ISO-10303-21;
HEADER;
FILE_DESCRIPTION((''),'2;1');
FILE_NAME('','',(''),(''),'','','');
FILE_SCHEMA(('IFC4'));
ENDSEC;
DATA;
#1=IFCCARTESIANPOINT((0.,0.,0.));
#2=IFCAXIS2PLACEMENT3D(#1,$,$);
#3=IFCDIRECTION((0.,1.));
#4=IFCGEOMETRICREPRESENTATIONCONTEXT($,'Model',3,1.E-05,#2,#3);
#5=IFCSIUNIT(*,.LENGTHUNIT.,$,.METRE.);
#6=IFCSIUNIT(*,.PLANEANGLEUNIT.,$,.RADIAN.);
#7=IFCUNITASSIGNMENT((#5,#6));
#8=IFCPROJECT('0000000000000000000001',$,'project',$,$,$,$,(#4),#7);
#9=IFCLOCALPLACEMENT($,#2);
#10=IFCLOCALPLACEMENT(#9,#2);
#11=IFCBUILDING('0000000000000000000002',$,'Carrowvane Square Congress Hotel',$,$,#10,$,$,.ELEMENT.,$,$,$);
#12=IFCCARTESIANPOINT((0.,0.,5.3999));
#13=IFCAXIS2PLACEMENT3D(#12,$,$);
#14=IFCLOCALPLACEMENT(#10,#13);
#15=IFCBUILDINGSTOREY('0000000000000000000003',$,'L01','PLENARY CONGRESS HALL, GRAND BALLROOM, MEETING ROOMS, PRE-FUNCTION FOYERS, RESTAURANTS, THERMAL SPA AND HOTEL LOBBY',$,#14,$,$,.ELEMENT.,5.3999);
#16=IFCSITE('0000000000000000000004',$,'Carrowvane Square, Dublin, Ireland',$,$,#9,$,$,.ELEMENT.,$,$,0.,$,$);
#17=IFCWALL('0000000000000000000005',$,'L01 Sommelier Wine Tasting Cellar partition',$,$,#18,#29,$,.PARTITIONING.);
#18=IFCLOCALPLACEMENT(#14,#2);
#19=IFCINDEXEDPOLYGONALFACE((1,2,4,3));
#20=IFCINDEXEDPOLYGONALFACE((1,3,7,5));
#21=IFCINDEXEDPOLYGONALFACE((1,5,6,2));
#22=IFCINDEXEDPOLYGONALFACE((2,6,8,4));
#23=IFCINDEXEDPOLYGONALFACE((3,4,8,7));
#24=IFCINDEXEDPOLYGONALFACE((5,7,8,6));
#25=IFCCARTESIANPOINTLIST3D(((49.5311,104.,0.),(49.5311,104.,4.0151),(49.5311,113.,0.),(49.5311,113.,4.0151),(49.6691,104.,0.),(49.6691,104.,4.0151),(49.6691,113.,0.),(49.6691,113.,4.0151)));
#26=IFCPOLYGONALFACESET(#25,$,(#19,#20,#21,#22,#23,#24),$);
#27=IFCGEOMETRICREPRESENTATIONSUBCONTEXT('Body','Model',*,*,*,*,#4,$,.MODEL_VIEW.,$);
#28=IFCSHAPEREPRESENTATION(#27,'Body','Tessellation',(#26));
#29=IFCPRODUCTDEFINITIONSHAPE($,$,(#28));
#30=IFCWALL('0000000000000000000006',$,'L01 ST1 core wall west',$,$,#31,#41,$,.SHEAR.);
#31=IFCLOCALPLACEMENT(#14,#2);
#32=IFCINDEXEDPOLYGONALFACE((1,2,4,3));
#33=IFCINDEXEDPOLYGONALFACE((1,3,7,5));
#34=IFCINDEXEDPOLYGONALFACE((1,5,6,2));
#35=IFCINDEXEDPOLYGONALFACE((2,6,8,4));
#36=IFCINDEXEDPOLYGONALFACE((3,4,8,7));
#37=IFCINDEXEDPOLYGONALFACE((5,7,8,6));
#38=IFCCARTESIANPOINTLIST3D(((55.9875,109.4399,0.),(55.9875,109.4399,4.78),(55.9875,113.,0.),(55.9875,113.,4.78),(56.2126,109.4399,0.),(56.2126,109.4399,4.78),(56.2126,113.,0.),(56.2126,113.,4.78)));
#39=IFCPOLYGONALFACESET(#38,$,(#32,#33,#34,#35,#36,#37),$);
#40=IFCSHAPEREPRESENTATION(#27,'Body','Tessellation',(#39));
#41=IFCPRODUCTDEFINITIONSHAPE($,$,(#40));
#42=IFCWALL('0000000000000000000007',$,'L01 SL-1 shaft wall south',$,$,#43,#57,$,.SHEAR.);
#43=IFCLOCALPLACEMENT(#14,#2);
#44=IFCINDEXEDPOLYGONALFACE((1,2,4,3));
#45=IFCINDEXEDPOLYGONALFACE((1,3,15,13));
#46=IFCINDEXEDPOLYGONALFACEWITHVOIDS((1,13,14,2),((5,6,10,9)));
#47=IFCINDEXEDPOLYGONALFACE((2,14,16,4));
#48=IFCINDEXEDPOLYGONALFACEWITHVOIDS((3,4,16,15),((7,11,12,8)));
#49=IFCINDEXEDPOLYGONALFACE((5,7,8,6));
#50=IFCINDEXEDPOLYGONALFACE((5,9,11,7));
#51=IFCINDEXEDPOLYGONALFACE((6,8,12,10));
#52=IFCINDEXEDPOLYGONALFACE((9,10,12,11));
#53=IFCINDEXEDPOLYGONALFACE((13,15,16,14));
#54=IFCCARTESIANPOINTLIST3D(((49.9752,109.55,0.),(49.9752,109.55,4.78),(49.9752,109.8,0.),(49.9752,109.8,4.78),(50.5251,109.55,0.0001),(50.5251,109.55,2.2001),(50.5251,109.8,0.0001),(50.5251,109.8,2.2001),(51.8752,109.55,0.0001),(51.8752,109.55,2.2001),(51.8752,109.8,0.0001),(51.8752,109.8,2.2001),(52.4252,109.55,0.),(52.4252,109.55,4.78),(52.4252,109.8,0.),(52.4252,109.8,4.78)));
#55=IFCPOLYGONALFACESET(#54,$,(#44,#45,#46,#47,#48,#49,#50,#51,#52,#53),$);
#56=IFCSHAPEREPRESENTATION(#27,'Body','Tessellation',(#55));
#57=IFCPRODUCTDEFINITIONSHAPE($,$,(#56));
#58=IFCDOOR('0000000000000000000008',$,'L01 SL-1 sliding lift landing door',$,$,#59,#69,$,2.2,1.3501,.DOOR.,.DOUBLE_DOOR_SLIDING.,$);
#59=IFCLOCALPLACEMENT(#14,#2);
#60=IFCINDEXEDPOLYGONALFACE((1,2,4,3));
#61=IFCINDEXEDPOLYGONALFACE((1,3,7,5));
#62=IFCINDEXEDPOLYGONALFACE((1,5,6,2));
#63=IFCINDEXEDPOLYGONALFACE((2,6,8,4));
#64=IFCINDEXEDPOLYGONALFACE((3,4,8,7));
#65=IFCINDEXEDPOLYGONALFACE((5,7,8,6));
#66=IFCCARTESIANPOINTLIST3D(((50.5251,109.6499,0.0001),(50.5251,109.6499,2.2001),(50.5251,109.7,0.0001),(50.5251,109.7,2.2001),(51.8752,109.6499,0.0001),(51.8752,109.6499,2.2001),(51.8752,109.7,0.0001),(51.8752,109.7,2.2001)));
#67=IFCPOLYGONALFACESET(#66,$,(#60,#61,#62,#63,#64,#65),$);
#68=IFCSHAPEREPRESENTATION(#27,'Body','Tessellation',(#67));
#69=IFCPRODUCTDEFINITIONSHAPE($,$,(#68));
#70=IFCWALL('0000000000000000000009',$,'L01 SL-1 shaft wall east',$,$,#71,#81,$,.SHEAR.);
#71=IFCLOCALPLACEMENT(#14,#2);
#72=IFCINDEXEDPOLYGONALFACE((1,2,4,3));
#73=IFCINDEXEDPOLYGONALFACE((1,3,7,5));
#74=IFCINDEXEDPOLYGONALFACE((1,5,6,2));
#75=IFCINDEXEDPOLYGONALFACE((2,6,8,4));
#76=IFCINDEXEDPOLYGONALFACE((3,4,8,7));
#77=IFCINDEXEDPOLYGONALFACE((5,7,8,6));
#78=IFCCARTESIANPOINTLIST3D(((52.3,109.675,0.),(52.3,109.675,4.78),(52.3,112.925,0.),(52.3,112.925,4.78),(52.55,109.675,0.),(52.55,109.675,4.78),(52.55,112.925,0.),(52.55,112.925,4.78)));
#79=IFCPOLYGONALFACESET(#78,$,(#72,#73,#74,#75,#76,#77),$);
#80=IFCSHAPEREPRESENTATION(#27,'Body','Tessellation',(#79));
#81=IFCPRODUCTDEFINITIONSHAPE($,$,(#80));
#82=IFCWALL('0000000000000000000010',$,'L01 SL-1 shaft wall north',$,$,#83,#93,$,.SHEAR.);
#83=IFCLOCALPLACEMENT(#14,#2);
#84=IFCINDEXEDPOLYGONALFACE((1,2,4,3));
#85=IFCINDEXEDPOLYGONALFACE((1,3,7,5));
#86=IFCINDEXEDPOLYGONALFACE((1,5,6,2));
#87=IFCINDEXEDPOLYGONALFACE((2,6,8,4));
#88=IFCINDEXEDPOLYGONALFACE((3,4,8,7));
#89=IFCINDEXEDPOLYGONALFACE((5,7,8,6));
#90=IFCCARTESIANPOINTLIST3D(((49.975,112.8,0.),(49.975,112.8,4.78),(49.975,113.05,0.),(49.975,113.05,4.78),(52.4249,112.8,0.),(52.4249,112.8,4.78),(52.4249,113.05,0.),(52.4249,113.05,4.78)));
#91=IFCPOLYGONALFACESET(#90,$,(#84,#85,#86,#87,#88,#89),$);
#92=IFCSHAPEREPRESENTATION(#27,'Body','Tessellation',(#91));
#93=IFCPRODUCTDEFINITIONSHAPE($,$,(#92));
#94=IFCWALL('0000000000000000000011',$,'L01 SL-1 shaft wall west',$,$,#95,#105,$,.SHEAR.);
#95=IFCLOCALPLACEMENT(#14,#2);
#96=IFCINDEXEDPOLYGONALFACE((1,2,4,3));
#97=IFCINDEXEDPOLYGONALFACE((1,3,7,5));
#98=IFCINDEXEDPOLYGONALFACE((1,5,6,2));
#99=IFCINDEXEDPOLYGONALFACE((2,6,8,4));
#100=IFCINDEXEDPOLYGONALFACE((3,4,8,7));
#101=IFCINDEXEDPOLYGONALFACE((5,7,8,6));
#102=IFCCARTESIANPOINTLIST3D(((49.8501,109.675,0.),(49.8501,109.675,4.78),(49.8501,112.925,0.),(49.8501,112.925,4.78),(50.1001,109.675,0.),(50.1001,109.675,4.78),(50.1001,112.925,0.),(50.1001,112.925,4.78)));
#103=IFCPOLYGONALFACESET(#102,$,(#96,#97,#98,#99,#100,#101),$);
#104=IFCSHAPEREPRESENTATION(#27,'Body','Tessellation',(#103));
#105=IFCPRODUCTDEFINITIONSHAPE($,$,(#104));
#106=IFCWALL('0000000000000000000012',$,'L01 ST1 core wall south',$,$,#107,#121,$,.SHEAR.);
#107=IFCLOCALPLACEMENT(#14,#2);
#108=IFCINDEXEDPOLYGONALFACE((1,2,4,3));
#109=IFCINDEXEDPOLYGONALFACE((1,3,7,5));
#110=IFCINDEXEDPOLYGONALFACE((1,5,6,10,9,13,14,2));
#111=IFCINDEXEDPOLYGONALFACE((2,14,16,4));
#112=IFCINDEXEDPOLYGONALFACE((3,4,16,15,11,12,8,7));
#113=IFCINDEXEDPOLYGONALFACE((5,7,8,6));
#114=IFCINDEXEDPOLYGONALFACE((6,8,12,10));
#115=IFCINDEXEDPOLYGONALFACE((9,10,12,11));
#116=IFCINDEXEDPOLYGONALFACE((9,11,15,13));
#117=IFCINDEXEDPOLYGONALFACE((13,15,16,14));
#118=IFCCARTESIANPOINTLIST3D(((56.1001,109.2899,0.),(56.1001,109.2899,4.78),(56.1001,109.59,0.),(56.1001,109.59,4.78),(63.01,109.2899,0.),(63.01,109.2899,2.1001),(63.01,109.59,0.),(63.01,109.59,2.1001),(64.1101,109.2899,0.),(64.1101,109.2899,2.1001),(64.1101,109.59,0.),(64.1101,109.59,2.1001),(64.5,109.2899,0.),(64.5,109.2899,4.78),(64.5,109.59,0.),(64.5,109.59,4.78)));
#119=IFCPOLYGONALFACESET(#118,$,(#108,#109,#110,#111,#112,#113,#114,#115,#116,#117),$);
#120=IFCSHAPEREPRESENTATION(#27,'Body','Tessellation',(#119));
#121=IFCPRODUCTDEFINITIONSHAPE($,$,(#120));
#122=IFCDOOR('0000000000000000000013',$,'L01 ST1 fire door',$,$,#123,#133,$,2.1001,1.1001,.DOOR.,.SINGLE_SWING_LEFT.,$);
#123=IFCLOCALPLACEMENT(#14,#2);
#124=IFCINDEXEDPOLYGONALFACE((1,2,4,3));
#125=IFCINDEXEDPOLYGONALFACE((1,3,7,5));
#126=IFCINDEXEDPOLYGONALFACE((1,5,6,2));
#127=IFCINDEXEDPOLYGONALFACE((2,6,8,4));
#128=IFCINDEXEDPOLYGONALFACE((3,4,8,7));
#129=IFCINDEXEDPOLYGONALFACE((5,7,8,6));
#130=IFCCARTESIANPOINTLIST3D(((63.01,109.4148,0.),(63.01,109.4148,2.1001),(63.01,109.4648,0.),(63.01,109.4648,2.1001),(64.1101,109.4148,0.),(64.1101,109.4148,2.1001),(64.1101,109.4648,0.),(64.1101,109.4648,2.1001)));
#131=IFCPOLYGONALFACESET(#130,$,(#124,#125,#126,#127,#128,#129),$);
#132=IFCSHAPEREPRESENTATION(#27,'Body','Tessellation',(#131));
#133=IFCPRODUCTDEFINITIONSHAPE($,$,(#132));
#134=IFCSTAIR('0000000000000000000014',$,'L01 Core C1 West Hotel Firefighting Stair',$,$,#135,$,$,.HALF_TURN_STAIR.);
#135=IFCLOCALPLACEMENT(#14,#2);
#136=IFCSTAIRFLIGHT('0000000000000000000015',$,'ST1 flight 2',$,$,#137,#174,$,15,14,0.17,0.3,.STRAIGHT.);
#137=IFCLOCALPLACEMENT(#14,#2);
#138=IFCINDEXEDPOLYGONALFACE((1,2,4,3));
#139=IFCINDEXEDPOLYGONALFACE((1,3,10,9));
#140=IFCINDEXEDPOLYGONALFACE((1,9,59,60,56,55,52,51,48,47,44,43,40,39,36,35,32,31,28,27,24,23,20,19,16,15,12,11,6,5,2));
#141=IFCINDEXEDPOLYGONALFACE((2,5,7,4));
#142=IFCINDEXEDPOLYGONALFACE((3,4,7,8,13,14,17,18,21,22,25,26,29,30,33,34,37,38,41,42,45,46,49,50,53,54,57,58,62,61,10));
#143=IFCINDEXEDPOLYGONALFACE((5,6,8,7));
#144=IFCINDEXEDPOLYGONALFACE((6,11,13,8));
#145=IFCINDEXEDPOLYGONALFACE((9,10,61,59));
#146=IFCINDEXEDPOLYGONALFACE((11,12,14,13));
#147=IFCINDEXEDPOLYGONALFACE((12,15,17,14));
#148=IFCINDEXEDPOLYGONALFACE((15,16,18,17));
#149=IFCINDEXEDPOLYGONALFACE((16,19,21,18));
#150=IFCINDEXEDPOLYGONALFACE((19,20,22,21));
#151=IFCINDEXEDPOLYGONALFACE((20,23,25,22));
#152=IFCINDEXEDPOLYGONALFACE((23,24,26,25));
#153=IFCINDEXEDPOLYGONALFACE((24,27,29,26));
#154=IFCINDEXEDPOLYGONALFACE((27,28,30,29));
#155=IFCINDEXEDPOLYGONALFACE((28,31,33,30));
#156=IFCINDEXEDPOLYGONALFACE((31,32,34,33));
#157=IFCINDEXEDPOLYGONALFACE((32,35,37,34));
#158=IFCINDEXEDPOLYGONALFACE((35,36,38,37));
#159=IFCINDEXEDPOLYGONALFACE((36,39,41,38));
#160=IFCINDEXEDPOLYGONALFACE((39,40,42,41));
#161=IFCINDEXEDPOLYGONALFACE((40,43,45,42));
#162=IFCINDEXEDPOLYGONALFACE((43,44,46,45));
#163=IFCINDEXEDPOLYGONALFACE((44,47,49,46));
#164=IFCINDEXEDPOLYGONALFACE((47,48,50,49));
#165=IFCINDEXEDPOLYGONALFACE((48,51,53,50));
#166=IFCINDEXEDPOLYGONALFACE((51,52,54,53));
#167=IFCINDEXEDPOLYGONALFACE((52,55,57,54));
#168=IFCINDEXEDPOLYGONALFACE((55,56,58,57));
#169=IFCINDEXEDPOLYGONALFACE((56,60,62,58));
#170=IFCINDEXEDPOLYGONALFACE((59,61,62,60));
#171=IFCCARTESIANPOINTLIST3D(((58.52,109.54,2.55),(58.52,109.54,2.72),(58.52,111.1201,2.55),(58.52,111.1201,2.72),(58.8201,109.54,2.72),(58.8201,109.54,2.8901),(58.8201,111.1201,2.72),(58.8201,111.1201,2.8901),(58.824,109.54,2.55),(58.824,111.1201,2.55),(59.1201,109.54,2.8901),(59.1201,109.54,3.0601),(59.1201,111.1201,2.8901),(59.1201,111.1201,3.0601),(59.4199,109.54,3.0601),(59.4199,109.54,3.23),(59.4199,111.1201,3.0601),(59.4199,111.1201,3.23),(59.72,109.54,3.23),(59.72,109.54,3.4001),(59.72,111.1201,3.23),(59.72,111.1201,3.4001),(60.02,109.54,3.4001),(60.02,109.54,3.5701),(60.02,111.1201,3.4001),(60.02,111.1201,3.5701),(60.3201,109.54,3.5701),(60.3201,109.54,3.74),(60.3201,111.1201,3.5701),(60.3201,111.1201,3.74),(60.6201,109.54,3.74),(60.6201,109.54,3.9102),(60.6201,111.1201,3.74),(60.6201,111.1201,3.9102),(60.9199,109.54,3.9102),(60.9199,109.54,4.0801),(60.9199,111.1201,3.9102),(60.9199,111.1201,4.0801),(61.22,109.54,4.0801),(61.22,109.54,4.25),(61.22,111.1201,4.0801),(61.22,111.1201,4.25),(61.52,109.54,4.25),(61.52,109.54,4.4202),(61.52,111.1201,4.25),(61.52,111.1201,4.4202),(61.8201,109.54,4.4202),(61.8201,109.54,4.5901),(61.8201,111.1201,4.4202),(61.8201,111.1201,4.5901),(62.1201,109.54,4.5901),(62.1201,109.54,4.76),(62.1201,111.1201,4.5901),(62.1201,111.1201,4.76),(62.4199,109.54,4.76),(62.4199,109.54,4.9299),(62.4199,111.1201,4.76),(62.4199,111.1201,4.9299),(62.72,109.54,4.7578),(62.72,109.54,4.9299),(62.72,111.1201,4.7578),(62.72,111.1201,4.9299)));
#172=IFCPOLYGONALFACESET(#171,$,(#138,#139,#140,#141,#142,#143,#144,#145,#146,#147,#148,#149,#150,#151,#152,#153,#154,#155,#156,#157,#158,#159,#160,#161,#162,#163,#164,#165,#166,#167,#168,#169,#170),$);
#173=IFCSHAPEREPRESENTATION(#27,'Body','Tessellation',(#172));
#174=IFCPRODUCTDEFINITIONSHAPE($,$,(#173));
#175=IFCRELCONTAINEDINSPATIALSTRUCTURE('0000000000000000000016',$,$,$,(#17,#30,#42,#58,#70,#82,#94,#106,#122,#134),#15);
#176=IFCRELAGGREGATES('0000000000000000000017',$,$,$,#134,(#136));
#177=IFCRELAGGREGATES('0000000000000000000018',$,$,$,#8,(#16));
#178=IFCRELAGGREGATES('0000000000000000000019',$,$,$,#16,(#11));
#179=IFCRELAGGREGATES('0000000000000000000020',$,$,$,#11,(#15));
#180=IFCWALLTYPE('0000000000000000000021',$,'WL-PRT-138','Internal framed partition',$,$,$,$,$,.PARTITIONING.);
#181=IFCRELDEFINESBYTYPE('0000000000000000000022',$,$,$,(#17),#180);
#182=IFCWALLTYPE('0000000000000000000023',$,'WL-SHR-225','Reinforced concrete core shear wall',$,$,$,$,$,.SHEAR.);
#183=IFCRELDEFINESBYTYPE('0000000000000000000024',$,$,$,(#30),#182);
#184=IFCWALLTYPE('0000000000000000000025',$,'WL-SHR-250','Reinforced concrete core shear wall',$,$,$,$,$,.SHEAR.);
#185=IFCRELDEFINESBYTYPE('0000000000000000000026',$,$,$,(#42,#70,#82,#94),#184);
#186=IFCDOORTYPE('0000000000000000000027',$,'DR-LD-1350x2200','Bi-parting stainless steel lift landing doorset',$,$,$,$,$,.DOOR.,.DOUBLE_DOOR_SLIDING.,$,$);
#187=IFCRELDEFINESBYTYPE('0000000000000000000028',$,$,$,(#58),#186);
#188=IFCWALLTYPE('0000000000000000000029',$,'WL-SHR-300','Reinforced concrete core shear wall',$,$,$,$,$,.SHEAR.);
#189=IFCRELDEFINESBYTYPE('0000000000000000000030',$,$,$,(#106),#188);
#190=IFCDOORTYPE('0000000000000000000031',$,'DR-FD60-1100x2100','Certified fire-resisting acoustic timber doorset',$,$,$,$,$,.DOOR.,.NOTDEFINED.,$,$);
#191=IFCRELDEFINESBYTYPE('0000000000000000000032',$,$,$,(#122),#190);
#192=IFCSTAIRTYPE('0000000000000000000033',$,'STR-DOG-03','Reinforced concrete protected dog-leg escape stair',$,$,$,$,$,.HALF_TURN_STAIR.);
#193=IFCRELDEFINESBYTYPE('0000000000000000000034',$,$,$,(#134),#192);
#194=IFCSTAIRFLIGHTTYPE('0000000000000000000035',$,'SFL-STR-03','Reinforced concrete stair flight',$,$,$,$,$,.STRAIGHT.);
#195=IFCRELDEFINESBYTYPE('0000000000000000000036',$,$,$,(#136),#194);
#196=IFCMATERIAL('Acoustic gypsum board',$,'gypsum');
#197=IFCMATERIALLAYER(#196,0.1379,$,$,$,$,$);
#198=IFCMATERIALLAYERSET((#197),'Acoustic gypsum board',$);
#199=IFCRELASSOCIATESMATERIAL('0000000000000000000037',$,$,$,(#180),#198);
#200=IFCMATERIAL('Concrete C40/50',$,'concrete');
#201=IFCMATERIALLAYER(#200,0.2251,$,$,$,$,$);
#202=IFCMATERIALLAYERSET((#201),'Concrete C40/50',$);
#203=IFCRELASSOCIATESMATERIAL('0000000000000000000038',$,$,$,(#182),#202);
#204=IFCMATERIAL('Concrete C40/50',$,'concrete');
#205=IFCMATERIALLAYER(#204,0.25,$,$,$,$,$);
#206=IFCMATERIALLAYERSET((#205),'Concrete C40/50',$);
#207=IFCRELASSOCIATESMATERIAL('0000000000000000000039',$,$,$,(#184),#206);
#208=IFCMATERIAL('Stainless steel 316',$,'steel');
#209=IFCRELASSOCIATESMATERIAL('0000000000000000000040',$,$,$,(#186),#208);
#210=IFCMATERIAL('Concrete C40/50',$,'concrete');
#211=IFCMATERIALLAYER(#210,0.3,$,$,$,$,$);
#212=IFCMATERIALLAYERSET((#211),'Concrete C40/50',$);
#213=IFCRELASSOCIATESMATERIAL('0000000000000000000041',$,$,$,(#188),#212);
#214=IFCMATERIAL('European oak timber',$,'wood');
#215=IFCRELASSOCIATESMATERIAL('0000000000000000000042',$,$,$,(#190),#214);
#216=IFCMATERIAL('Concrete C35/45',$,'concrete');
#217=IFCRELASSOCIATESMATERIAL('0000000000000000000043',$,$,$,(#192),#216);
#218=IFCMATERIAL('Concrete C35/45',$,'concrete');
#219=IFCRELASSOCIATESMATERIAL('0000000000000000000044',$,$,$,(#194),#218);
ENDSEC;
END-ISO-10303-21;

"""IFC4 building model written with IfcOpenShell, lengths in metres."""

from ifc_helpers import new_model, si_unit, direction, frame, frame_2d, origin, place, context, subcontext, project, spatial, polyline, rectangle, outline, extrude, material, layer, layer_set, type_object, element, fill, aggregate, save


model = new_model("IFC4")

# Units and contexts
model_context = context("Model", 3, precision=1e-05, world=origin(), true_north=direction((0.0, 1.0)))
body_context = subcontext(model_context, "Body", "Model", "MODEL_VIEW")
ifc_project = project(units=[si_unit("LENGTHUNIT", "METRE"), si_unit("PLANEANGLEUNIT", "RADIAN")], contexts=[model_context])

# Site, building, storey
site_placement = place(None, origin())
site = spatial("IfcSite", under=ifc_project, at=site_placement, Name="Carrowvane Square, Dublin, Ireland", CompositionType="ELEMENT", RefElevation=0.0)
building_placement = place(site_placement, origin())
building = spatial("IfcBuilding", under=site, at=building_placement, Name="Carrowvane Square Congress Hotel", CompositionType="ELEMENT")
storey_placement = place(building_placement, frame((0.0, 0.0, 5.3999)))
storey = spatial("IfcBuildingStorey", under=building, at=storey_placement, Name="L01", Description="PLENARY CONGRESS HALL, GRAND BALLROOM, MEETING ROOMS, PRE-FUNCTION FOYERS, RESTAURANTS, THERMAL SPA AND HOTEL LOBBY", CompositionType="ELEMENT", Elevation=5.3999)

# Walls
ifc_material_1 = material(Name="Acoustic gypsum board", Category="gypsum")
ifc_layer_1 = layer(ifc_material_1, 0.1379)
ifc_layer_set_1 = layer_set([ifc_layer_1], Name="Acoustic gypsum board")
wall_type_1 = type_object("IfcWallType", Name="WL-PRT-138", Description="Internal framed partition", PredefinedType="PARTITIONING", material=ifc_layer_set_1)
wall_1_placement = place(storey_placement, frame((49.6001, 113.0, 0.0), z_axis=(0.0, 0.0, 1.0), x_axis=(0.0, -1.0, 0.0)))
element("IfcWall", 1, at=wall_1_placement, inside=storey, type_object=wall_type_1, Name="L01 Sommelier Wine Tasting Cellar partition", PredefinedType="PARTITIONING", context=body_context, shape_type="SweptSolid", body=[
    extrude(rectangle(XDim=9.0, YDim=0.1379, at=frame_2d((4.5, 0.0))), origin(), (0.0, 0.0, 1.0), 4.0151),
])
ifc_material_2 = material(Name="Concrete C40/50", Category="concrete")
ifc_layer_2 = layer(ifc_material_2, 0.2251)
ifc_layer_set_2 = layer_set([ifc_layer_2], Name="Concrete C40/50")
wall_type_2 = type_object("IfcWallType", Name="WL-SHR-225", Description="Reinforced concrete core shear wall", PredefinedType="SHEAR", material=ifc_layer_set_2)
wall_2_placement = place(storey_placement, frame((56.1001, 113.0, 0.0), z_axis=(0.0, 0.0, 1.0), x_axis=(0.0, -1.0, 0.0)))
element("IfcWall", 2, at=wall_2_placement, inside=storey, type_object=wall_type_2, Name="L01 ST1 core wall west", PredefinedType="SHEAR", context=body_context, shape_type="SweptSolid", body=[
    extrude(rectangle(XDim=3.5601, YDim=0.2251, at=frame_2d((1.78, 0.0))), origin(), (0.0, 0.0, 1.0), 4.78),
])

# Wall, opening, door
ifc_material_3 = material(Name="Concrete C40/50", Category="concrete")
ifc_layer_3 = layer(ifc_material_3, 0.25)
ifc_layer_set_3 = layer_set([ifc_layer_3], Name="Concrete C40/50")
wall_type_3 = type_object("IfcWallType", Name="WL-SHR-250", Description="Reinforced concrete core shear wall", PredefinedType="SHEAR", material=ifc_layer_set_3)
wall_3_placement = place(storey_placement, frame((49.9751, 109.675, 0.0), z_axis=(0.0, 0.0, 1.0), x_axis=(1.0, 0.0, 0.0)))
wall_3 = element("IfcWall", 3, at=wall_3_placement, inside=storey, type_object=wall_type_3, Name="L01 SL-1 shaft wall south", PredefinedType="SHEAR", context=body_context, shape_type="SweptSolid", body=[
    extrude(rectangle(XDim=2.45, YDim=0.25, at=frame_2d((1.2251, 0.0))), origin(), (0.0, 0.0, 1.0), 4.78),
])
opening_1_placement = place(wall_3_placement, frame((0.55, 0.0, 0.0)))
opening_1 = element("IfcOpeningElement", 4, at=opening_1_placement, cuts=wall_3, PredefinedType="OPENING", context=body_context, shape_type="SweptSolid", body=[
    extrude(rectangle(XDim=1.3501, YDim=2.2, at=frame_2d((0.675, 1.1001))), frame((0.0, 0.135, 0.0), z_axis=(0.0, -1.0, 0.0), x_axis=(1.0, 0.0, 0.0)), (0.0, 0.0, 1.0), 0.27),
])
ifc_material_4 = material(Name="Stainless steel 316", Category="steel")
door_type_1 = type_object("IfcDoorType", Name="DR-LD-1350x2200", Description="Bi-parting stainless steel lift landing doorset", OperationType="DOUBLE_DOOR_SLIDING", PredefinedType="DOOR", material=ifc_material_4)
door_1_placement = place(opening_1_placement, origin())
door_1 = element("IfcDoor", 5, at=door_1_placement, inside=storey, type_object=door_type_1, Name="L01 SL-1 sliding lift landing door", OperationType="DOUBLE_DOOR_SLIDING", OverallHeight=2.2, OverallWidth=1.3501, PredefinedType="DOOR", context=body_context, shape_type="SweptSolid", body=[
    extrude(rectangle(XDim=1.3501, YDim=2.2, at=frame_2d((0.675, 1.1001))), frame((0.0, 0.0249, 0.0), z_axis=(0.0, -1.0, 0.0), x_axis=(1.0, 0.0, 0.0)), (0.0, 0.0, 1.0), 0.05),
])
fill(opening_1, door_1)

# Walls
wall_4_placement = place(storey_placement, frame((52.425, 109.675, 0.0), z_axis=(0.0, 0.0, 1.0), x_axis=(0.0, 1.0, 0.0)))
element("IfcWall", 6, at=wall_4_placement, inside=storey, type_object=wall_type_3, Name="L01 SL-1 shaft wall east", PredefinedType="SHEAR", context=body_context, shape_type="SweptSolid", body=[
    extrude(rectangle(XDim=3.25, YDim=0.25, at=frame_2d((1.625, 0.0))), origin(), (0.0, 0.0, 1.0), 4.78),
])
wall_5_placement = place(storey_placement, frame((52.425, 112.925, 0.0), z_axis=(0.0, 0.0, 1.0), x_axis=(-1.0, 0.0, 0.0)))
element("IfcWall", 7, at=wall_5_placement, inside=storey, type_object=wall_type_3, Name="L01 SL-1 shaft wall north", PredefinedType="SHEAR", context=body_context, shape_type="SweptSolid", body=[
    extrude(rectangle(XDim=2.45, YDim=0.25, at=frame_2d((1.2251, 0.0))), origin(), (0.0, 0.0, 1.0), 4.78),
])
wall_6_placement = place(storey_placement, frame((49.9751, 112.925, 0.0), z_axis=(0.0, 0.0, 1.0), x_axis=(0.0, -1.0, 0.0)))
element("IfcWall", 8, at=wall_6_placement, inside=storey, type_object=wall_type_3, Name="L01 SL-1 shaft wall west", PredefinedType="SHEAR", context=body_context, shape_type="SweptSolid", body=[
    extrude(rectangle(XDim=3.25, YDim=0.25, at=frame_2d((1.625, 0.0))), origin(), (0.0, 0.0, 1.0), 4.78),
])

# Wall, opening, door
ifc_material_5 = material(Name="Concrete C40/50", Category="concrete")
ifc_layer_4 = layer(ifc_material_5, 0.3)
ifc_layer_set_4 = layer_set([ifc_layer_4], Name="Concrete C40/50")
wall_type_4 = type_object("IfcWallType", Name="WL-SHR-300", Description="Reinforced concrete core shear wall", PredefinedType="SHEAR", material=ifc_layer_set_4)
wall_7_placement = place(storey_placement, frame((56.1001, 109.4399, 0.0), z_axis=(0.0, 0.0, 1.0), x_axis=(1.0, 0.0, 0.0)))
wall_7 = element("IfcWall", 9, at=wall_7_placement, inside=storey, type_object=wall_type_4, Name="L01 ST1 core wall south", PredefinedType="SHEAR", context=body_context, shape_type="SweptSolid", body=[
    extrude(rectangle(XDim=8.3999, YDim=0.3, at=frame_2d((4.2, 0.0))), origin(), (0.0, 0.0, 1.0), 4.78),
])
opening_2_placement = place(wall_7_placement, frame((6.9099, 0.0, 0.0)))
opening_2 = element("IfcOpeningElement", 10, at=opening_2_placement, cuts=wall_7, PredefinedType="OPENING", context=body_context, shape_type="SweptSolid", body=[
    extrude(rectangle(XDim=1.1001, YDim=2.1001, at=frame_2d((0.55, 1.05))), frame((0.0, 0.1599, 0.0), z_axis=(0.0, -1.0, 0.0), x_axis=(1.0, 0.0, 0.0)), (0.0, 0.0, 1.0), 0.3201),
])
ifc_material_6 = material(Name="European oak timber", Category="wood")
door_type_2 = type_object("IfcDoorType", Name="DR-FD60-1100x2100", Description="Certified fire-resisting acoustic timber doorset", OperationType="NOTDEFINED", PredefinedType="DOOR", material=ifc_material_6)
door_2_placement = place(opening_2_placement, origin())
door_2 = element("IfcDoor", 11, at=door_2_placement, inside=storey, type_object=door_type_2, Name="L01 ST1 fire door", OperationType="SINGLE_SWING_LEFT", OverallHeight=2.1001, OverallWidth=1.1001, PredefinedType="DOOR", context=body_context, shape_type="SweptSolid", body=[
    extrude(rectangle(XDim=1.1001, YDim=2.1001, at=frame_2d((0.55, 1.05))), frame((0.0, 0.0249, 0.0), z_axis=(0.0, -1.0, 0.0), x_axis=(1.0, 0.0, 0.0)), (0.0, 0.0, 1.0), 0.05),
])
fill(opening_2, door_2)

# Stair, stair flight
ifc_material_7 = material(Name="Concrete C35/45", Category="concrete")
stair_type = type_object("IfcStairType", Name="STR-DOG-03", Description="Reinforced concrete protected dog-leg escape stair", PredefinedType="HALF_TURN_STAIR", material=ifc_material_7)
stair_placement = place(storey_placement, origin())
stair = element("IfcStair", 12, at=stair_placement, inside=storey, type_object=stair_type, Name="L01 Core C1 West Hotel Firefighting Stair", PredefinedType="HALF_TURN_STAIR")
ifc_material_8 = material(Name="Concrete C35/45", Category="concrete")
stair_flight_type = type_object("IfcStairFlightType", Name="SFL-STR-03", Description="Reinforced concrete stair flight", PredefinedType="STRAIGHT", material=ifc_material_8)
stair_flight_placement = place(storey_placement, frame((58.52, 110.3301, 2.55), z_axis=(0.0, 0.0, 1.0), x_axis=(1.0, 0.0, 0.0)))
stair_flight = element("IfcStairFlight", 13, at=stair_flight_placement, type_object=stair_flight_type, Name="ST1 flight 2", NumberOfRisers=15, NumberOfTreads=14, PredefinedType="STRAIGHT", RiserHeight=0.17, TreadLength=0.3, context=body_context, shape_type="SweptSolid", body=[
    extrude(outline(polyline([(0.0, 0.0), (0.0, 0.1699), (0.3, 0.1699), (0.3, 0.3401), (0.6001, 0.3401), (0.6001, 0.51), (0.8999, 0.51), (0.8999, 0.6799), (1.2, 0.6799), (1.2, 0.8501), (1.5, 0.8501), (1.5, 1.02), (1.8, 1.02), (1.8, 1.1899), (2.1001, 1.1899), (2.1001, 1.3601), (2.3999, 1.3601), (2.3999, 1.53), (2.7, 1.53), (2.7, 1.7), (3.0, 1.7), (3.0, 1.8701), (3.3, 1.8701), (3.3, 2.04), (3.6001, 2.04), (3.6001, 2.21), (3.8999, 2.21), (3.8999, 2.3799), (4.2, 2.3799), (4.2, 2.55), (4.2, 2.2078), (0.304, 0.0), (0.0, 0.0)])), frame((0.0, 0.79, 0.0), z_axis=(0.0, -1.0, 0.0), x_axis=(1.0, 0.0, 0.0)), (0.0, 0.0, 1.0), 1.5801),
])
aggregate(stair, [stair_flight])

save(model, "model.ifc")
